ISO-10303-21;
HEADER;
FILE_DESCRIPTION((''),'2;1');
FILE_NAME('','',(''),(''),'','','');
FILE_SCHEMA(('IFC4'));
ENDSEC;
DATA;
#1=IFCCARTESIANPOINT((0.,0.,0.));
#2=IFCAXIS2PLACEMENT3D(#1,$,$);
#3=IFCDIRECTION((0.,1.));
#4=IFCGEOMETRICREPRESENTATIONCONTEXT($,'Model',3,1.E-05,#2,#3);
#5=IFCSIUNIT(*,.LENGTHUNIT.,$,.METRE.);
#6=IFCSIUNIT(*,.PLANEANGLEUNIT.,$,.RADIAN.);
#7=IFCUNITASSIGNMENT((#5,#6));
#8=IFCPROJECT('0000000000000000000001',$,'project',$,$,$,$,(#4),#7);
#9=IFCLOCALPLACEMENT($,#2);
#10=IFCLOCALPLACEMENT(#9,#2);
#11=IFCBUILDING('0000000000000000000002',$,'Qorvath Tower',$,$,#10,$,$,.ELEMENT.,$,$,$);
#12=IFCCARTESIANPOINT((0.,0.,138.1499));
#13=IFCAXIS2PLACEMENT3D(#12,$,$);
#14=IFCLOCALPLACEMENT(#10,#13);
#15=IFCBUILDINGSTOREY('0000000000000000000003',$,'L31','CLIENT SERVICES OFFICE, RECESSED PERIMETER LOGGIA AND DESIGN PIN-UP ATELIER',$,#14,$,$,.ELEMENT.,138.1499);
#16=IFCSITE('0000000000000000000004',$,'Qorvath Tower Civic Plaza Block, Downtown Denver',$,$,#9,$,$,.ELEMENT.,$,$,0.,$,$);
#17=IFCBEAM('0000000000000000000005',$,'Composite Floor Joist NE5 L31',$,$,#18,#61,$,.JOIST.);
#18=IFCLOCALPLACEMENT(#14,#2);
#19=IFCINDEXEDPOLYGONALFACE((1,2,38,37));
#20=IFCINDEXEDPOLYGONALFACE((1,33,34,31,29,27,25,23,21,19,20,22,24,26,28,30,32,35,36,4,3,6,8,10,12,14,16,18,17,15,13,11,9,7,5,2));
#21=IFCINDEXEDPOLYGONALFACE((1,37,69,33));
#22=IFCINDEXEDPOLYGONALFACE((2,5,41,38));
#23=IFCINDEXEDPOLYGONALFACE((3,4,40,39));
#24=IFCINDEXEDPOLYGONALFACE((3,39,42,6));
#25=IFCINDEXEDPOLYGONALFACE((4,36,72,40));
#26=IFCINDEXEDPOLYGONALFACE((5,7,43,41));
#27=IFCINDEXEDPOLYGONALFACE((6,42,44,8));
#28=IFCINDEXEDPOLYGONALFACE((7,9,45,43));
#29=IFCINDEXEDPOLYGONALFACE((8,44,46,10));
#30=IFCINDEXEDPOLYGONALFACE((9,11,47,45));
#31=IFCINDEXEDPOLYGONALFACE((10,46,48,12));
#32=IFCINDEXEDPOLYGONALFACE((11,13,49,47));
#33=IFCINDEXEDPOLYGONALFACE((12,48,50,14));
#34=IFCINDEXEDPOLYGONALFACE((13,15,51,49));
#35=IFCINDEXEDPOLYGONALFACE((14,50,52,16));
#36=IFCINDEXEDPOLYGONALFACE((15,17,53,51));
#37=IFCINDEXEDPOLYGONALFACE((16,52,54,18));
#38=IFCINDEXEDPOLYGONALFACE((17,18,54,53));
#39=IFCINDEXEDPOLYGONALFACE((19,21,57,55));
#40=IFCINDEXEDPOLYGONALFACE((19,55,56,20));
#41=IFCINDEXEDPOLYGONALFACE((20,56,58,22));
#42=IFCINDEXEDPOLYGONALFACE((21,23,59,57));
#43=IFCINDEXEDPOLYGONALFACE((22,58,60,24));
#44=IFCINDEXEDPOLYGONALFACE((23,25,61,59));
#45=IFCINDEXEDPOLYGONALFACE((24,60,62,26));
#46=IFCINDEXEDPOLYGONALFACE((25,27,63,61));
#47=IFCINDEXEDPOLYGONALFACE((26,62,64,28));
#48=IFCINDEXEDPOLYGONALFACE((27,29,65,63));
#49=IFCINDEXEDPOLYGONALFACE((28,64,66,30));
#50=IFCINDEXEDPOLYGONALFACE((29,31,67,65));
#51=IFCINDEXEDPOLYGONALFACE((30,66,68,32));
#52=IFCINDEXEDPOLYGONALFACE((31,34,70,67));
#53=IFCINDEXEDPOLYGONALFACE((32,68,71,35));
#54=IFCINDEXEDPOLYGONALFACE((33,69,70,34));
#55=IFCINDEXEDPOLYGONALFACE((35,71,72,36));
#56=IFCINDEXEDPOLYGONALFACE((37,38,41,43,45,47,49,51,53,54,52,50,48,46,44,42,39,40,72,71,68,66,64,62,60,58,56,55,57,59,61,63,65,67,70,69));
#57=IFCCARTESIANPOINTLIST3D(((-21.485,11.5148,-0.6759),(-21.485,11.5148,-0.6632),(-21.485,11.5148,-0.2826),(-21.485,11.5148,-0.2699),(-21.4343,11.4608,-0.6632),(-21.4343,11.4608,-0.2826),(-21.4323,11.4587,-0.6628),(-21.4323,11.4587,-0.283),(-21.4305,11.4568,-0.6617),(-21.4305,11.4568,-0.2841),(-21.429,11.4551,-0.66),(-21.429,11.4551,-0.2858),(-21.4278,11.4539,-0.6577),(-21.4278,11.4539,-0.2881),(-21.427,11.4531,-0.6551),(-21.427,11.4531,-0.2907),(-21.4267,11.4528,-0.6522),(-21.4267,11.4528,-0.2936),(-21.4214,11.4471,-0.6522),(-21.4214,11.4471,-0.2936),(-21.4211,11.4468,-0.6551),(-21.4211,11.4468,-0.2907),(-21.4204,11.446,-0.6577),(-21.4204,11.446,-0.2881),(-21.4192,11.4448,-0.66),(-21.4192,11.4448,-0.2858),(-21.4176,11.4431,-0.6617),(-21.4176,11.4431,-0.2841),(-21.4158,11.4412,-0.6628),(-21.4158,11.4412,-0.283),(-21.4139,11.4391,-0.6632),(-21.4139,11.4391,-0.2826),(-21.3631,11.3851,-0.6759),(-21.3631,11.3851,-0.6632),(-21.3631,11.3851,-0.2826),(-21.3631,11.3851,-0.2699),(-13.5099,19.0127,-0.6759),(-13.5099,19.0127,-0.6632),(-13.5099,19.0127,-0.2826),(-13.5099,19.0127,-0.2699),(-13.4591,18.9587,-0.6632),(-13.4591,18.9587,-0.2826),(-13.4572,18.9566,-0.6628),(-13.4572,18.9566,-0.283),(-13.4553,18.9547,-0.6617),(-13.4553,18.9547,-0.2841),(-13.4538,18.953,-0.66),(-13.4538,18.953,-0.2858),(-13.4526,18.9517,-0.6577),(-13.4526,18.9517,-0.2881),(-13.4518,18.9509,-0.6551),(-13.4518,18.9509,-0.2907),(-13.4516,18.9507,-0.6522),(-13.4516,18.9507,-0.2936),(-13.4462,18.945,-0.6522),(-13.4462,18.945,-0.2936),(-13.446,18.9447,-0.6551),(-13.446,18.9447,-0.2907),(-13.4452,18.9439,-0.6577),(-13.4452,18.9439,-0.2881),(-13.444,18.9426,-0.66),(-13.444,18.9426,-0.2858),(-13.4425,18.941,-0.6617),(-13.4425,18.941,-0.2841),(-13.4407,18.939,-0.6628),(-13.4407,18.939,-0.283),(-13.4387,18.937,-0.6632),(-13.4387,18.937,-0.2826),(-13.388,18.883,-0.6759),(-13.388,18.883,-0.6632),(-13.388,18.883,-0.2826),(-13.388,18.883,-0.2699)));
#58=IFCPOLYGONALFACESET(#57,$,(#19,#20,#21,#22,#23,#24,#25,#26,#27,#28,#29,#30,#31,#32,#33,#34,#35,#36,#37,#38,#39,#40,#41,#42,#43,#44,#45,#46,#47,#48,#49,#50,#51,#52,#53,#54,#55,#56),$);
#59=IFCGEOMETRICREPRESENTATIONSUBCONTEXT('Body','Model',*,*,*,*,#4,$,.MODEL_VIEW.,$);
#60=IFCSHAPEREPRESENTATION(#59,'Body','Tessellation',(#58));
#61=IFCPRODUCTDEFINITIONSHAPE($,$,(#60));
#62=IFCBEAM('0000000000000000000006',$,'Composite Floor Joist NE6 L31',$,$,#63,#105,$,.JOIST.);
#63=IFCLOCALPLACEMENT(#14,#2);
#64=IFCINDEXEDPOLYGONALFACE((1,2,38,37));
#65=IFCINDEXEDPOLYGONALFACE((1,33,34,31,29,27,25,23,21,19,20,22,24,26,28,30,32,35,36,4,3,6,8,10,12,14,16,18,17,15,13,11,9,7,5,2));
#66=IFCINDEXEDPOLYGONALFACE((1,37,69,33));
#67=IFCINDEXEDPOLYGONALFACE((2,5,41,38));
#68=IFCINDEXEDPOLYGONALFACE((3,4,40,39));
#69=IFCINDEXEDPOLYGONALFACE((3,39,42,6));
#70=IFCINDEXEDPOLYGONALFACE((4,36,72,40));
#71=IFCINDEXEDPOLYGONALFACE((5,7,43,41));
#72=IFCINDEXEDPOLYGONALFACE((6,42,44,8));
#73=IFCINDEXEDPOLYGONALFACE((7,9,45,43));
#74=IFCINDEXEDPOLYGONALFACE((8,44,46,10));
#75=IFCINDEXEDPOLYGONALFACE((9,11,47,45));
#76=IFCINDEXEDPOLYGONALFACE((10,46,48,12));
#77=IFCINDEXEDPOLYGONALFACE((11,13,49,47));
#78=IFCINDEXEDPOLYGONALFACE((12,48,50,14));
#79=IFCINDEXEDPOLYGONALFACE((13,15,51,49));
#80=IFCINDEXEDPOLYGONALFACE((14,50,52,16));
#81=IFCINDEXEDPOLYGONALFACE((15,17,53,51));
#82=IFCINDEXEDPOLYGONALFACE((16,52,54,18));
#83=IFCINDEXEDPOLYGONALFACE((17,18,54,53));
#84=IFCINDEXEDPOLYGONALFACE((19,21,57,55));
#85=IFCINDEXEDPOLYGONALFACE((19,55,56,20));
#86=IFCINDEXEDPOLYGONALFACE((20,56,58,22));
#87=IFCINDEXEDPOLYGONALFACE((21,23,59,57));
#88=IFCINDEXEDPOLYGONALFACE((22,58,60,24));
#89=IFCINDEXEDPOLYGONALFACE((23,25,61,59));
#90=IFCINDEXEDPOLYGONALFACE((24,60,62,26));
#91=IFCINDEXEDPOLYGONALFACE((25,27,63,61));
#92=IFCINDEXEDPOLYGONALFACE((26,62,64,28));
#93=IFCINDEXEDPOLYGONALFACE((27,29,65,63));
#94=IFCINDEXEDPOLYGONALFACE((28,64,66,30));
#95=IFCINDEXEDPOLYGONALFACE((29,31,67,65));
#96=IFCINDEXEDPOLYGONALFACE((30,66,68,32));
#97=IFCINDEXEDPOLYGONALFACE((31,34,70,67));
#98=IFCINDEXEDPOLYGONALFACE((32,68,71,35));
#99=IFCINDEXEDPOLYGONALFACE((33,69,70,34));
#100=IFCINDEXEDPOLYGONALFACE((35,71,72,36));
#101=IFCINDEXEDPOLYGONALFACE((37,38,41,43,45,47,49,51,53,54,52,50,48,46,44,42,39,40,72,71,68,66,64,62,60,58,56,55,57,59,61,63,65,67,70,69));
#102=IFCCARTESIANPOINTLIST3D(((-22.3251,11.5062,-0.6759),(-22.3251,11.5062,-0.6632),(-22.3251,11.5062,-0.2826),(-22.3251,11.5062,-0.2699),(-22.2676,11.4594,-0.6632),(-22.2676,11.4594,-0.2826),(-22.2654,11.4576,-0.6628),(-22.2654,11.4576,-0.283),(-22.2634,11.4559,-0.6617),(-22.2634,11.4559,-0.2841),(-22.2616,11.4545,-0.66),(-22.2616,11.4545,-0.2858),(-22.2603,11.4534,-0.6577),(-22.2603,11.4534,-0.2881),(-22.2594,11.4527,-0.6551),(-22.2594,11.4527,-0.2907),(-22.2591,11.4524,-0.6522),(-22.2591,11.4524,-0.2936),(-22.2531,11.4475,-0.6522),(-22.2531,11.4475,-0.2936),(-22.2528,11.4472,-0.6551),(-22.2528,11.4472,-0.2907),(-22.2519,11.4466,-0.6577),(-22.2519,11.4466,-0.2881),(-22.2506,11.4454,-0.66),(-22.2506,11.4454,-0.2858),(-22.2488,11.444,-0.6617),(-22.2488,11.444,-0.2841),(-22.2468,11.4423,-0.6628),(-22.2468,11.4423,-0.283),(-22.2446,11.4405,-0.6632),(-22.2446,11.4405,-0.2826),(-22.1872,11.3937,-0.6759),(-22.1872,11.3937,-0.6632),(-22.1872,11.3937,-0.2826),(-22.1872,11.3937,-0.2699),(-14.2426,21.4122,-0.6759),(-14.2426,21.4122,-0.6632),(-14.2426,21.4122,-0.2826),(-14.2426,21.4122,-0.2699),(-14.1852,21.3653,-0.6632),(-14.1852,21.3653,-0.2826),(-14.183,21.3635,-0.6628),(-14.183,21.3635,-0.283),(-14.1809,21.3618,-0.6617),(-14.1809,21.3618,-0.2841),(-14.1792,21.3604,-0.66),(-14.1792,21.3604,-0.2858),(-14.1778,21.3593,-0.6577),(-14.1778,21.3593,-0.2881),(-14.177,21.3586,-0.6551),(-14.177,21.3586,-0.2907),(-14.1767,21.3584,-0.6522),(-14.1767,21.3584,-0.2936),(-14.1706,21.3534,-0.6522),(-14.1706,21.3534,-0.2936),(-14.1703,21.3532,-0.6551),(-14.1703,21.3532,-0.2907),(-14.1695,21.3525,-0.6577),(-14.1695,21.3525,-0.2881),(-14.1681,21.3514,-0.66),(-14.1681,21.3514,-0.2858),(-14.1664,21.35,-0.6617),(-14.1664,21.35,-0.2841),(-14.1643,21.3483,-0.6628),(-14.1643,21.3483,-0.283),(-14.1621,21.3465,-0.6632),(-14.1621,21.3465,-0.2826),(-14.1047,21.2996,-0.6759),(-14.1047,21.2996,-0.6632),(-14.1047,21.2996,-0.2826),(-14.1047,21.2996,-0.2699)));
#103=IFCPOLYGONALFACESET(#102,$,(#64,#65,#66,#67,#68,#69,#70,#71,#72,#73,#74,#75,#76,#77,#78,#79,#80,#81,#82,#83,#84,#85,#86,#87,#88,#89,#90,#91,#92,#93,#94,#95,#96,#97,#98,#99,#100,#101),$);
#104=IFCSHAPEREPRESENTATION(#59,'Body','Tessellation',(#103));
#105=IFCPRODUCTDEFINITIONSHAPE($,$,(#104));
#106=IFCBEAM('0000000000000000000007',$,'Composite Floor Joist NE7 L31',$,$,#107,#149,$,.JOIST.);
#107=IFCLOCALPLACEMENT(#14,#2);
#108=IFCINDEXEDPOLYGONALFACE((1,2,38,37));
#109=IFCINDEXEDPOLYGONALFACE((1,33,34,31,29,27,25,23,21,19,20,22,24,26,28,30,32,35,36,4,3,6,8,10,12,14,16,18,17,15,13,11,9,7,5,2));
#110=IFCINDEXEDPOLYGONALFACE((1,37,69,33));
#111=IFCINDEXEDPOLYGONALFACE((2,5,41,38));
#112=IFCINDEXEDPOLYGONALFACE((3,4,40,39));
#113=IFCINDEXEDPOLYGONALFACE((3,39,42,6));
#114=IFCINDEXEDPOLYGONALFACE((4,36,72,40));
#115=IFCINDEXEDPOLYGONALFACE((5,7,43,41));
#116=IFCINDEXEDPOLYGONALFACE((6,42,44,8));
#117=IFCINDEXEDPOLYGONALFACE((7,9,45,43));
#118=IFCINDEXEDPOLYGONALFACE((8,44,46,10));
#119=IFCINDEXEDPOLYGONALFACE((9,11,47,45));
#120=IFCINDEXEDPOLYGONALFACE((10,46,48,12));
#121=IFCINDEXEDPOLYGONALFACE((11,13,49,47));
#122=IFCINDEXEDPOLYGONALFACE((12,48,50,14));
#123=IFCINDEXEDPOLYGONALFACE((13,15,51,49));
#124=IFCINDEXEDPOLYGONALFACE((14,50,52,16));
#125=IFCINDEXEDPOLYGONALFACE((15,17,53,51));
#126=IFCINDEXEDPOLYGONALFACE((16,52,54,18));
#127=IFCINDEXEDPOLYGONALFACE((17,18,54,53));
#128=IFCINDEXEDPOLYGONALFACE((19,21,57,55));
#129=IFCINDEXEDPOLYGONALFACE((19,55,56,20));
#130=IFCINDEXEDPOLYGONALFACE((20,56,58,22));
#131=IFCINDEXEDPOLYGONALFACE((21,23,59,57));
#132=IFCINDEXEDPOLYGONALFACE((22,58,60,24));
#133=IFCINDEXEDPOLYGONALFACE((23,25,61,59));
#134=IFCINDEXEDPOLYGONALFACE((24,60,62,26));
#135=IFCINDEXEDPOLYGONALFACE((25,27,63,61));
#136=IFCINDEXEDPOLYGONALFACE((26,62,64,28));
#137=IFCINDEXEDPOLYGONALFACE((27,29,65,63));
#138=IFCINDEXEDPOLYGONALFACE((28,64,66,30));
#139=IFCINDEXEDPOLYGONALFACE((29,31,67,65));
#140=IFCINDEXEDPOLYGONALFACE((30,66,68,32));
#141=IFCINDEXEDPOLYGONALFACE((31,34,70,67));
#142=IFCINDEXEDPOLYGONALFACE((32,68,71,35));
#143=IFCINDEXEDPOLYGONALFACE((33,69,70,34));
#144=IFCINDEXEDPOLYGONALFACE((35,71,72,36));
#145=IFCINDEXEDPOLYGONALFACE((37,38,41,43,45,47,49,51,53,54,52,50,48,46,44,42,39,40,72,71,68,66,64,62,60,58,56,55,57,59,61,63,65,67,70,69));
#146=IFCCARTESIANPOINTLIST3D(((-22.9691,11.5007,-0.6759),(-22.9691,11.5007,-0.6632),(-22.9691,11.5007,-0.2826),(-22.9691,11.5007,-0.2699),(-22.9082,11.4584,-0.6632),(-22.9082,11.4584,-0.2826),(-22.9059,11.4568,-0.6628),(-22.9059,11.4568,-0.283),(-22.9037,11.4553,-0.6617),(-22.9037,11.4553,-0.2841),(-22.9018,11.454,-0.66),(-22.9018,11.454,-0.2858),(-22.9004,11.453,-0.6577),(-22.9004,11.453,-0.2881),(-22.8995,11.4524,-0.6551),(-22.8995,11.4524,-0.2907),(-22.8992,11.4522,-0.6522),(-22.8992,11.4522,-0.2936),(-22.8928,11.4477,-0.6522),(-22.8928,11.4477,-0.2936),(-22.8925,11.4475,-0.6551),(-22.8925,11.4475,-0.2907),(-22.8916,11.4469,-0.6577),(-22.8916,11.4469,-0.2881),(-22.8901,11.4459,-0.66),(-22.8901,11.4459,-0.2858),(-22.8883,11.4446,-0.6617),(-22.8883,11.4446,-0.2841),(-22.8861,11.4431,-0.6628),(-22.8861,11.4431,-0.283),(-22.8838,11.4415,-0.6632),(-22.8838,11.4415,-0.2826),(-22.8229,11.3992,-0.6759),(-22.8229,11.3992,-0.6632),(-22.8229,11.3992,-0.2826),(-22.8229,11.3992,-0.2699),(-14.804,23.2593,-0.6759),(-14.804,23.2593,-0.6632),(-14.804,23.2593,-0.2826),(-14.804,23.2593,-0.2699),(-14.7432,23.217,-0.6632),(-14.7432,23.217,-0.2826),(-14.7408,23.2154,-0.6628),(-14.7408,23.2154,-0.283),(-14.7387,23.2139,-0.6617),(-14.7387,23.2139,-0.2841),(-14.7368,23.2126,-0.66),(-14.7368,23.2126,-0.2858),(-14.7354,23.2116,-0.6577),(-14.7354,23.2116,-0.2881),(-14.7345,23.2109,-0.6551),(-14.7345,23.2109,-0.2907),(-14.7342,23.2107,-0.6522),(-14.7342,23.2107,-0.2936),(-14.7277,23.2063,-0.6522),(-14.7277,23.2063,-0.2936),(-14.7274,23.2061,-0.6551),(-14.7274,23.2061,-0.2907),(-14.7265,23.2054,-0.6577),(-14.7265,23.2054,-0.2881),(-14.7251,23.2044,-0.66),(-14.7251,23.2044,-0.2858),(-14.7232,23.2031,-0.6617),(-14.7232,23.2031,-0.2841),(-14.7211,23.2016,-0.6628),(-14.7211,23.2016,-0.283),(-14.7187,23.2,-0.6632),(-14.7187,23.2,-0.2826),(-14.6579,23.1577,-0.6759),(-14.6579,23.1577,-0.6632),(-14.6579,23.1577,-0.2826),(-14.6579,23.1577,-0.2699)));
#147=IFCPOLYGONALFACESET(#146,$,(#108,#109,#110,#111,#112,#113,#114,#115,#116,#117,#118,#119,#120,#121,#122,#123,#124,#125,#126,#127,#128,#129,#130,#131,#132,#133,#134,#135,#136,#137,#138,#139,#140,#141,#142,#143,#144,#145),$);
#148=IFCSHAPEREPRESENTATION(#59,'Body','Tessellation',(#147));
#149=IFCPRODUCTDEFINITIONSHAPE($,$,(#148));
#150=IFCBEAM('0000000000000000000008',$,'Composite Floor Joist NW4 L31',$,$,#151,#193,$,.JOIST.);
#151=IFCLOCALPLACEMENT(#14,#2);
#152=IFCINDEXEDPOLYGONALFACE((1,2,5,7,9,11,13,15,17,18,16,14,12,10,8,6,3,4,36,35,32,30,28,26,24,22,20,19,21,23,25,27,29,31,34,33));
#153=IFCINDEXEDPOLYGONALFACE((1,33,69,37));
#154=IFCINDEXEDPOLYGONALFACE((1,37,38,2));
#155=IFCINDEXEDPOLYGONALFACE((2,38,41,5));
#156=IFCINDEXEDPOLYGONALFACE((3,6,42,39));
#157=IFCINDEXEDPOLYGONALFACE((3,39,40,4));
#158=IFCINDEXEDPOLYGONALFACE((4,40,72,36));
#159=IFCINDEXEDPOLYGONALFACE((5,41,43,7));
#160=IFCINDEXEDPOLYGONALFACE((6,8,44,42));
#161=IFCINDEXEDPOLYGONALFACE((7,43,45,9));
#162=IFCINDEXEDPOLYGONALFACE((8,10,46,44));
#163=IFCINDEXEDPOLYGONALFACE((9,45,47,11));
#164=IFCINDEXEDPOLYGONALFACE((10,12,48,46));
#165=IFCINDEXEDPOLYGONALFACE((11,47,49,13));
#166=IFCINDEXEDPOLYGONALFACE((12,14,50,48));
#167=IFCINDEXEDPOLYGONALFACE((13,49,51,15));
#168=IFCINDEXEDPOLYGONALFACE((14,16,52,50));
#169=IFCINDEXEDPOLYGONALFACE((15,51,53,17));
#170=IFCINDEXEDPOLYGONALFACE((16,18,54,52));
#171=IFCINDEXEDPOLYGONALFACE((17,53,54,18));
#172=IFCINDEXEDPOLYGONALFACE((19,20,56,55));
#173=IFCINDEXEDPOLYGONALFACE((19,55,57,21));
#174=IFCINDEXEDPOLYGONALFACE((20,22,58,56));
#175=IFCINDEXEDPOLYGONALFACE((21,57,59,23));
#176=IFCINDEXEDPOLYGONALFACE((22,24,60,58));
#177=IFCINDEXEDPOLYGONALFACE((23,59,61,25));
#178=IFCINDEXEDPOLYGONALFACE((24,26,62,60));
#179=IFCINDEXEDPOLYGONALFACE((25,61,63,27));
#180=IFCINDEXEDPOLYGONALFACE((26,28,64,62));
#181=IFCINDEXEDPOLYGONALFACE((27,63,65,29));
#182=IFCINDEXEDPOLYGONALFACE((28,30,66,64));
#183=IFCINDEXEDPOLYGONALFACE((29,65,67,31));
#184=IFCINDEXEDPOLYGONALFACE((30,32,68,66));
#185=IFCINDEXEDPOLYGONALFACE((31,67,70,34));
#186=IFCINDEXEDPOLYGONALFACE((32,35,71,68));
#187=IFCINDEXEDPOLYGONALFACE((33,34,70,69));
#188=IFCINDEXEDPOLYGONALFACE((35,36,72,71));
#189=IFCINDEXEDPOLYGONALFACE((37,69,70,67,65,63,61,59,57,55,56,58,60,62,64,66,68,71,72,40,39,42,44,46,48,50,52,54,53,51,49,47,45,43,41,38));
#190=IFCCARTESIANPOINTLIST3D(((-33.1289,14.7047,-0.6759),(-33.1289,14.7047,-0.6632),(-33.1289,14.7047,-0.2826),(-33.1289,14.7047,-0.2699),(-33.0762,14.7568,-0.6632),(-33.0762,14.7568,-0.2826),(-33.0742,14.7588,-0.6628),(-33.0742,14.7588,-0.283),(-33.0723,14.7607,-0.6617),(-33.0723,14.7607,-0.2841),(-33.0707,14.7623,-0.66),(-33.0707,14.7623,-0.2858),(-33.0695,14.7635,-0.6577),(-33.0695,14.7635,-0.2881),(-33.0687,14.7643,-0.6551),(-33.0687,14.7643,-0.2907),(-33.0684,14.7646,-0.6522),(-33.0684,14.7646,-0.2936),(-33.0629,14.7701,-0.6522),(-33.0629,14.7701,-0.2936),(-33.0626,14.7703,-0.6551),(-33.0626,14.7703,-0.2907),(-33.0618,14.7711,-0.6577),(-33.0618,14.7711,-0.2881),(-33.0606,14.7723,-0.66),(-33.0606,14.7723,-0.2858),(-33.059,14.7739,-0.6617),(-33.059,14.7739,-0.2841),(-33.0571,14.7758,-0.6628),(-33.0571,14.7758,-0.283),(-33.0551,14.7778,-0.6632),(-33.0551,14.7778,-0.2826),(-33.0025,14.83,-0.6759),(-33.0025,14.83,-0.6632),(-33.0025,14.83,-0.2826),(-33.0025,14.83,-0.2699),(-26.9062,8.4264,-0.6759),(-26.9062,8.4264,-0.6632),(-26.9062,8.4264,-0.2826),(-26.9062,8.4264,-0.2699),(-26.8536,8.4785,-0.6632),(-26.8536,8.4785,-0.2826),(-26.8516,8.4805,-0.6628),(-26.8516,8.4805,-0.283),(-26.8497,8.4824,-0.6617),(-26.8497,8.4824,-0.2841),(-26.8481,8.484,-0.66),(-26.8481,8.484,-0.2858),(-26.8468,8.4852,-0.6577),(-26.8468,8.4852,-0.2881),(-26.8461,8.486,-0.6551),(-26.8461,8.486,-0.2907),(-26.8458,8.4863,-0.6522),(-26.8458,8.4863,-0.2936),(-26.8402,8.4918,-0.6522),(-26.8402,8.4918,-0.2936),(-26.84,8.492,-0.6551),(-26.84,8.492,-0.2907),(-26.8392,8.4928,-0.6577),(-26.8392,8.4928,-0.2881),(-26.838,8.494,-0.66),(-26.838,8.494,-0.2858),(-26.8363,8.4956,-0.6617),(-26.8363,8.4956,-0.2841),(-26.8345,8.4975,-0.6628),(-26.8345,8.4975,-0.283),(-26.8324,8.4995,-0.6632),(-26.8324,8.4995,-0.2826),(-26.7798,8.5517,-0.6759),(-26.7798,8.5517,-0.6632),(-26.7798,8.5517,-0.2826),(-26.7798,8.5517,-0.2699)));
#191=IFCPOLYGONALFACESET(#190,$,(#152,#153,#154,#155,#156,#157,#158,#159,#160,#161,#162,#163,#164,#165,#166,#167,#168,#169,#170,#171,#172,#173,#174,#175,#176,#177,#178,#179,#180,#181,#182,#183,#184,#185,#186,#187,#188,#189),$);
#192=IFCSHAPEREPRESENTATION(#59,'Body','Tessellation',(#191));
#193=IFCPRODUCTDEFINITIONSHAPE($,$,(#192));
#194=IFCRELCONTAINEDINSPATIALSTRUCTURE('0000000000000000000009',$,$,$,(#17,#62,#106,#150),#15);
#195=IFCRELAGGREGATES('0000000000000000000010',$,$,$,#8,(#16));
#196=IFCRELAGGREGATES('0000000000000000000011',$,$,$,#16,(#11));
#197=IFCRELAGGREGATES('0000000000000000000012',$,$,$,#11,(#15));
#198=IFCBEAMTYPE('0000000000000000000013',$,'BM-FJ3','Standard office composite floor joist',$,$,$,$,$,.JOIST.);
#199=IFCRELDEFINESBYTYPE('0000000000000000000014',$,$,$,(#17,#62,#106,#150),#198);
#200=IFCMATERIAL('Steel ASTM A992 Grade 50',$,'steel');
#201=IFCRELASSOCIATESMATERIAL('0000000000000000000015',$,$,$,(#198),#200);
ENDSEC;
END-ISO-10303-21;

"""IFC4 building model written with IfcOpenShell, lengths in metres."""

from ifc_helpers import new_model, si_unit, direction, frame, origin, origin_2d, place, context, subcontext, project, spatial, i_section, extrude, material, material_profile, profile_set, type_object, element, save


model = new_model("IFC4")

# Units and contexts
model_context = context("Model", 3, precision=1e-05, world=origin(), true_north=direction((0.0, 1.0)))
body_context = subcontext(model_context, "Body", "Model", "MODEL_VIEW")
ifc_project = project(units=[si_unit("LENGTHUNIT", "METRE"), si_unit("PLANEANGLEUNIT", "RADIAN")], contexts=[model_context])

# Site, building, storey
site_placement = place(None, origin())
site = spatial("IfcSite", under=ifc_project, at=site_placement, Name="Qorvath Tower Civic Plaza Block, Downtown Denver", CompositionType="ELEMENT", RefElevation=0.0)
building_placement = place(site_placement, origin())
building = spatial("IfcBuilding", under=site, at=building_placement, Name="Qorvath Tower", CompositionType="ELEMENT")
storey_placement = place(building_placement, frame((0.0, 0.0, 138.1499)))
storey = spatial("IfcBuildingStorey", under=building, at=storey_placement, Name="L31", Description="CLIENT SERVICES OFFICE, RECESSED PERIMETER LOGGIA AND DESIGN PIN-UP ATELIER", CompositionType="ELEMENT", Elevation=138.1499)

# Beams
ifc_material_1 = material(Name="Steel ASTM A992 Grade 50", Category="steel")
ifc_material_profile_1 = material_profile(ifc_material_1, i_section(OverallWidth=0.178, OverallDepth=0.406, WebThickness=0.0078, FlangeThickness=0.0127, FilletRadius=0.011, at=origin_2d()), Name="W16x40")
ifc_profile_set_1 = profile_set([ifc_material_profile_1], Name="Steel ASTM A992 Grade 50")
beam_type_1 = type_object("IfcBeamType", Name="BM-FJ3", Description="Standard office composite floor joist", PredefinedType="JOIST", material=ifc_profile_set_1)
beam_1_placement = place(storey_placement, frame((-21.4241, 11.45, -0.4729), z_axis=(0.728572, 0.684969, 0.0), x_axis=(-0.684969, 0.728572, 0.0)))
element("IfcBeam", 1, at=beam_1_placement, inside=storey, type_object=beam_type_1, Name="Composite Floor Joist NE5 L31", PredefinedType="JOIST", context=body_context, shape_type="SweptSolid", body=[
    extrude(i_section(OverallWidth=0.178, OverallDepth=0.406, WebThickness=0.0078, FlangeThickness=0.0127, FilletRadius=0.011, at=origin_2d()), origin(), (0.0, 0.0, 1.0), 10.9463),
])
beam_2_placement = place(storey_placement, frame((-22.2561, 11.45, -0.4729), z_axis=(0.632188, 0.774815, 0.0), x_axis=(-0.774815, 0.632188, 0.0)))
element("IfcBeam", 2, at=beam_2_placement, inside=storey, type_object=beam_type_1, Name="Composite Floor Joist NE6 L31", PredefinedType="JOIST", context=body_context, shape_type="SweptSolid", body=[
    extrude(i_section(OverallWidth=0.178, OverallDepth=0.406, WebThickness=0.0078, FlangeThickness=0.0127, FilletRadius=0.011, at=origin_2d()), origin(), (0.0, 0.0, 1.0), 12.7849),
])
beam_3_placement = place(storey_placement, frame((-22.896, 11.45, -0.4729), z_axis=(0.570367, 0.82139, 0.0), x_axis=(-0.82139, 0.570367, 0.0)))
element("IfcBeam", 3, at=beam_3_placement, inside=storey, type_object=beam_type_1, Name="Composite Floor Joist NE7 L31", PredefinedType="JOIST", context=body_context, shape_type="SweptSolid", body=[
    extrude(i_section(OverallWidth=0.178, OverallDepth=0.406, WebThickness=0.0078, FlangeThickness=0.0127, FilletRadius=0.011, at=origin_2d()), origin(), (0.0, 0.0, 1.0), 14.3154),
])
beam_4_placement = place(storey_placement, frame((-26.843, 8.489, -0.4729), z_axis=(-0.703951, 0.710248, 0.0), x_axis=(-0.710248, -0.703951, 0.0)))
element("IfcBeam", 4, at=beam_4_placement, inside=storey, type_object=beam_type_1, Name="Composite Floor Joist NW4 L31", PredefinedType="JOIST", context=body_context, shape_type="SweptSolid", body=[
    extrude(i_section(OverallWidth=0.178, OverallDepth=0.406, WebThickness=0.0078, FlangeThickness=0.0127, FilletRadius=0.011, at=origin_2d()), origin(), (0.0, 0.0, 1.0), 8.8396),
])

save(model, "model.ifc")
